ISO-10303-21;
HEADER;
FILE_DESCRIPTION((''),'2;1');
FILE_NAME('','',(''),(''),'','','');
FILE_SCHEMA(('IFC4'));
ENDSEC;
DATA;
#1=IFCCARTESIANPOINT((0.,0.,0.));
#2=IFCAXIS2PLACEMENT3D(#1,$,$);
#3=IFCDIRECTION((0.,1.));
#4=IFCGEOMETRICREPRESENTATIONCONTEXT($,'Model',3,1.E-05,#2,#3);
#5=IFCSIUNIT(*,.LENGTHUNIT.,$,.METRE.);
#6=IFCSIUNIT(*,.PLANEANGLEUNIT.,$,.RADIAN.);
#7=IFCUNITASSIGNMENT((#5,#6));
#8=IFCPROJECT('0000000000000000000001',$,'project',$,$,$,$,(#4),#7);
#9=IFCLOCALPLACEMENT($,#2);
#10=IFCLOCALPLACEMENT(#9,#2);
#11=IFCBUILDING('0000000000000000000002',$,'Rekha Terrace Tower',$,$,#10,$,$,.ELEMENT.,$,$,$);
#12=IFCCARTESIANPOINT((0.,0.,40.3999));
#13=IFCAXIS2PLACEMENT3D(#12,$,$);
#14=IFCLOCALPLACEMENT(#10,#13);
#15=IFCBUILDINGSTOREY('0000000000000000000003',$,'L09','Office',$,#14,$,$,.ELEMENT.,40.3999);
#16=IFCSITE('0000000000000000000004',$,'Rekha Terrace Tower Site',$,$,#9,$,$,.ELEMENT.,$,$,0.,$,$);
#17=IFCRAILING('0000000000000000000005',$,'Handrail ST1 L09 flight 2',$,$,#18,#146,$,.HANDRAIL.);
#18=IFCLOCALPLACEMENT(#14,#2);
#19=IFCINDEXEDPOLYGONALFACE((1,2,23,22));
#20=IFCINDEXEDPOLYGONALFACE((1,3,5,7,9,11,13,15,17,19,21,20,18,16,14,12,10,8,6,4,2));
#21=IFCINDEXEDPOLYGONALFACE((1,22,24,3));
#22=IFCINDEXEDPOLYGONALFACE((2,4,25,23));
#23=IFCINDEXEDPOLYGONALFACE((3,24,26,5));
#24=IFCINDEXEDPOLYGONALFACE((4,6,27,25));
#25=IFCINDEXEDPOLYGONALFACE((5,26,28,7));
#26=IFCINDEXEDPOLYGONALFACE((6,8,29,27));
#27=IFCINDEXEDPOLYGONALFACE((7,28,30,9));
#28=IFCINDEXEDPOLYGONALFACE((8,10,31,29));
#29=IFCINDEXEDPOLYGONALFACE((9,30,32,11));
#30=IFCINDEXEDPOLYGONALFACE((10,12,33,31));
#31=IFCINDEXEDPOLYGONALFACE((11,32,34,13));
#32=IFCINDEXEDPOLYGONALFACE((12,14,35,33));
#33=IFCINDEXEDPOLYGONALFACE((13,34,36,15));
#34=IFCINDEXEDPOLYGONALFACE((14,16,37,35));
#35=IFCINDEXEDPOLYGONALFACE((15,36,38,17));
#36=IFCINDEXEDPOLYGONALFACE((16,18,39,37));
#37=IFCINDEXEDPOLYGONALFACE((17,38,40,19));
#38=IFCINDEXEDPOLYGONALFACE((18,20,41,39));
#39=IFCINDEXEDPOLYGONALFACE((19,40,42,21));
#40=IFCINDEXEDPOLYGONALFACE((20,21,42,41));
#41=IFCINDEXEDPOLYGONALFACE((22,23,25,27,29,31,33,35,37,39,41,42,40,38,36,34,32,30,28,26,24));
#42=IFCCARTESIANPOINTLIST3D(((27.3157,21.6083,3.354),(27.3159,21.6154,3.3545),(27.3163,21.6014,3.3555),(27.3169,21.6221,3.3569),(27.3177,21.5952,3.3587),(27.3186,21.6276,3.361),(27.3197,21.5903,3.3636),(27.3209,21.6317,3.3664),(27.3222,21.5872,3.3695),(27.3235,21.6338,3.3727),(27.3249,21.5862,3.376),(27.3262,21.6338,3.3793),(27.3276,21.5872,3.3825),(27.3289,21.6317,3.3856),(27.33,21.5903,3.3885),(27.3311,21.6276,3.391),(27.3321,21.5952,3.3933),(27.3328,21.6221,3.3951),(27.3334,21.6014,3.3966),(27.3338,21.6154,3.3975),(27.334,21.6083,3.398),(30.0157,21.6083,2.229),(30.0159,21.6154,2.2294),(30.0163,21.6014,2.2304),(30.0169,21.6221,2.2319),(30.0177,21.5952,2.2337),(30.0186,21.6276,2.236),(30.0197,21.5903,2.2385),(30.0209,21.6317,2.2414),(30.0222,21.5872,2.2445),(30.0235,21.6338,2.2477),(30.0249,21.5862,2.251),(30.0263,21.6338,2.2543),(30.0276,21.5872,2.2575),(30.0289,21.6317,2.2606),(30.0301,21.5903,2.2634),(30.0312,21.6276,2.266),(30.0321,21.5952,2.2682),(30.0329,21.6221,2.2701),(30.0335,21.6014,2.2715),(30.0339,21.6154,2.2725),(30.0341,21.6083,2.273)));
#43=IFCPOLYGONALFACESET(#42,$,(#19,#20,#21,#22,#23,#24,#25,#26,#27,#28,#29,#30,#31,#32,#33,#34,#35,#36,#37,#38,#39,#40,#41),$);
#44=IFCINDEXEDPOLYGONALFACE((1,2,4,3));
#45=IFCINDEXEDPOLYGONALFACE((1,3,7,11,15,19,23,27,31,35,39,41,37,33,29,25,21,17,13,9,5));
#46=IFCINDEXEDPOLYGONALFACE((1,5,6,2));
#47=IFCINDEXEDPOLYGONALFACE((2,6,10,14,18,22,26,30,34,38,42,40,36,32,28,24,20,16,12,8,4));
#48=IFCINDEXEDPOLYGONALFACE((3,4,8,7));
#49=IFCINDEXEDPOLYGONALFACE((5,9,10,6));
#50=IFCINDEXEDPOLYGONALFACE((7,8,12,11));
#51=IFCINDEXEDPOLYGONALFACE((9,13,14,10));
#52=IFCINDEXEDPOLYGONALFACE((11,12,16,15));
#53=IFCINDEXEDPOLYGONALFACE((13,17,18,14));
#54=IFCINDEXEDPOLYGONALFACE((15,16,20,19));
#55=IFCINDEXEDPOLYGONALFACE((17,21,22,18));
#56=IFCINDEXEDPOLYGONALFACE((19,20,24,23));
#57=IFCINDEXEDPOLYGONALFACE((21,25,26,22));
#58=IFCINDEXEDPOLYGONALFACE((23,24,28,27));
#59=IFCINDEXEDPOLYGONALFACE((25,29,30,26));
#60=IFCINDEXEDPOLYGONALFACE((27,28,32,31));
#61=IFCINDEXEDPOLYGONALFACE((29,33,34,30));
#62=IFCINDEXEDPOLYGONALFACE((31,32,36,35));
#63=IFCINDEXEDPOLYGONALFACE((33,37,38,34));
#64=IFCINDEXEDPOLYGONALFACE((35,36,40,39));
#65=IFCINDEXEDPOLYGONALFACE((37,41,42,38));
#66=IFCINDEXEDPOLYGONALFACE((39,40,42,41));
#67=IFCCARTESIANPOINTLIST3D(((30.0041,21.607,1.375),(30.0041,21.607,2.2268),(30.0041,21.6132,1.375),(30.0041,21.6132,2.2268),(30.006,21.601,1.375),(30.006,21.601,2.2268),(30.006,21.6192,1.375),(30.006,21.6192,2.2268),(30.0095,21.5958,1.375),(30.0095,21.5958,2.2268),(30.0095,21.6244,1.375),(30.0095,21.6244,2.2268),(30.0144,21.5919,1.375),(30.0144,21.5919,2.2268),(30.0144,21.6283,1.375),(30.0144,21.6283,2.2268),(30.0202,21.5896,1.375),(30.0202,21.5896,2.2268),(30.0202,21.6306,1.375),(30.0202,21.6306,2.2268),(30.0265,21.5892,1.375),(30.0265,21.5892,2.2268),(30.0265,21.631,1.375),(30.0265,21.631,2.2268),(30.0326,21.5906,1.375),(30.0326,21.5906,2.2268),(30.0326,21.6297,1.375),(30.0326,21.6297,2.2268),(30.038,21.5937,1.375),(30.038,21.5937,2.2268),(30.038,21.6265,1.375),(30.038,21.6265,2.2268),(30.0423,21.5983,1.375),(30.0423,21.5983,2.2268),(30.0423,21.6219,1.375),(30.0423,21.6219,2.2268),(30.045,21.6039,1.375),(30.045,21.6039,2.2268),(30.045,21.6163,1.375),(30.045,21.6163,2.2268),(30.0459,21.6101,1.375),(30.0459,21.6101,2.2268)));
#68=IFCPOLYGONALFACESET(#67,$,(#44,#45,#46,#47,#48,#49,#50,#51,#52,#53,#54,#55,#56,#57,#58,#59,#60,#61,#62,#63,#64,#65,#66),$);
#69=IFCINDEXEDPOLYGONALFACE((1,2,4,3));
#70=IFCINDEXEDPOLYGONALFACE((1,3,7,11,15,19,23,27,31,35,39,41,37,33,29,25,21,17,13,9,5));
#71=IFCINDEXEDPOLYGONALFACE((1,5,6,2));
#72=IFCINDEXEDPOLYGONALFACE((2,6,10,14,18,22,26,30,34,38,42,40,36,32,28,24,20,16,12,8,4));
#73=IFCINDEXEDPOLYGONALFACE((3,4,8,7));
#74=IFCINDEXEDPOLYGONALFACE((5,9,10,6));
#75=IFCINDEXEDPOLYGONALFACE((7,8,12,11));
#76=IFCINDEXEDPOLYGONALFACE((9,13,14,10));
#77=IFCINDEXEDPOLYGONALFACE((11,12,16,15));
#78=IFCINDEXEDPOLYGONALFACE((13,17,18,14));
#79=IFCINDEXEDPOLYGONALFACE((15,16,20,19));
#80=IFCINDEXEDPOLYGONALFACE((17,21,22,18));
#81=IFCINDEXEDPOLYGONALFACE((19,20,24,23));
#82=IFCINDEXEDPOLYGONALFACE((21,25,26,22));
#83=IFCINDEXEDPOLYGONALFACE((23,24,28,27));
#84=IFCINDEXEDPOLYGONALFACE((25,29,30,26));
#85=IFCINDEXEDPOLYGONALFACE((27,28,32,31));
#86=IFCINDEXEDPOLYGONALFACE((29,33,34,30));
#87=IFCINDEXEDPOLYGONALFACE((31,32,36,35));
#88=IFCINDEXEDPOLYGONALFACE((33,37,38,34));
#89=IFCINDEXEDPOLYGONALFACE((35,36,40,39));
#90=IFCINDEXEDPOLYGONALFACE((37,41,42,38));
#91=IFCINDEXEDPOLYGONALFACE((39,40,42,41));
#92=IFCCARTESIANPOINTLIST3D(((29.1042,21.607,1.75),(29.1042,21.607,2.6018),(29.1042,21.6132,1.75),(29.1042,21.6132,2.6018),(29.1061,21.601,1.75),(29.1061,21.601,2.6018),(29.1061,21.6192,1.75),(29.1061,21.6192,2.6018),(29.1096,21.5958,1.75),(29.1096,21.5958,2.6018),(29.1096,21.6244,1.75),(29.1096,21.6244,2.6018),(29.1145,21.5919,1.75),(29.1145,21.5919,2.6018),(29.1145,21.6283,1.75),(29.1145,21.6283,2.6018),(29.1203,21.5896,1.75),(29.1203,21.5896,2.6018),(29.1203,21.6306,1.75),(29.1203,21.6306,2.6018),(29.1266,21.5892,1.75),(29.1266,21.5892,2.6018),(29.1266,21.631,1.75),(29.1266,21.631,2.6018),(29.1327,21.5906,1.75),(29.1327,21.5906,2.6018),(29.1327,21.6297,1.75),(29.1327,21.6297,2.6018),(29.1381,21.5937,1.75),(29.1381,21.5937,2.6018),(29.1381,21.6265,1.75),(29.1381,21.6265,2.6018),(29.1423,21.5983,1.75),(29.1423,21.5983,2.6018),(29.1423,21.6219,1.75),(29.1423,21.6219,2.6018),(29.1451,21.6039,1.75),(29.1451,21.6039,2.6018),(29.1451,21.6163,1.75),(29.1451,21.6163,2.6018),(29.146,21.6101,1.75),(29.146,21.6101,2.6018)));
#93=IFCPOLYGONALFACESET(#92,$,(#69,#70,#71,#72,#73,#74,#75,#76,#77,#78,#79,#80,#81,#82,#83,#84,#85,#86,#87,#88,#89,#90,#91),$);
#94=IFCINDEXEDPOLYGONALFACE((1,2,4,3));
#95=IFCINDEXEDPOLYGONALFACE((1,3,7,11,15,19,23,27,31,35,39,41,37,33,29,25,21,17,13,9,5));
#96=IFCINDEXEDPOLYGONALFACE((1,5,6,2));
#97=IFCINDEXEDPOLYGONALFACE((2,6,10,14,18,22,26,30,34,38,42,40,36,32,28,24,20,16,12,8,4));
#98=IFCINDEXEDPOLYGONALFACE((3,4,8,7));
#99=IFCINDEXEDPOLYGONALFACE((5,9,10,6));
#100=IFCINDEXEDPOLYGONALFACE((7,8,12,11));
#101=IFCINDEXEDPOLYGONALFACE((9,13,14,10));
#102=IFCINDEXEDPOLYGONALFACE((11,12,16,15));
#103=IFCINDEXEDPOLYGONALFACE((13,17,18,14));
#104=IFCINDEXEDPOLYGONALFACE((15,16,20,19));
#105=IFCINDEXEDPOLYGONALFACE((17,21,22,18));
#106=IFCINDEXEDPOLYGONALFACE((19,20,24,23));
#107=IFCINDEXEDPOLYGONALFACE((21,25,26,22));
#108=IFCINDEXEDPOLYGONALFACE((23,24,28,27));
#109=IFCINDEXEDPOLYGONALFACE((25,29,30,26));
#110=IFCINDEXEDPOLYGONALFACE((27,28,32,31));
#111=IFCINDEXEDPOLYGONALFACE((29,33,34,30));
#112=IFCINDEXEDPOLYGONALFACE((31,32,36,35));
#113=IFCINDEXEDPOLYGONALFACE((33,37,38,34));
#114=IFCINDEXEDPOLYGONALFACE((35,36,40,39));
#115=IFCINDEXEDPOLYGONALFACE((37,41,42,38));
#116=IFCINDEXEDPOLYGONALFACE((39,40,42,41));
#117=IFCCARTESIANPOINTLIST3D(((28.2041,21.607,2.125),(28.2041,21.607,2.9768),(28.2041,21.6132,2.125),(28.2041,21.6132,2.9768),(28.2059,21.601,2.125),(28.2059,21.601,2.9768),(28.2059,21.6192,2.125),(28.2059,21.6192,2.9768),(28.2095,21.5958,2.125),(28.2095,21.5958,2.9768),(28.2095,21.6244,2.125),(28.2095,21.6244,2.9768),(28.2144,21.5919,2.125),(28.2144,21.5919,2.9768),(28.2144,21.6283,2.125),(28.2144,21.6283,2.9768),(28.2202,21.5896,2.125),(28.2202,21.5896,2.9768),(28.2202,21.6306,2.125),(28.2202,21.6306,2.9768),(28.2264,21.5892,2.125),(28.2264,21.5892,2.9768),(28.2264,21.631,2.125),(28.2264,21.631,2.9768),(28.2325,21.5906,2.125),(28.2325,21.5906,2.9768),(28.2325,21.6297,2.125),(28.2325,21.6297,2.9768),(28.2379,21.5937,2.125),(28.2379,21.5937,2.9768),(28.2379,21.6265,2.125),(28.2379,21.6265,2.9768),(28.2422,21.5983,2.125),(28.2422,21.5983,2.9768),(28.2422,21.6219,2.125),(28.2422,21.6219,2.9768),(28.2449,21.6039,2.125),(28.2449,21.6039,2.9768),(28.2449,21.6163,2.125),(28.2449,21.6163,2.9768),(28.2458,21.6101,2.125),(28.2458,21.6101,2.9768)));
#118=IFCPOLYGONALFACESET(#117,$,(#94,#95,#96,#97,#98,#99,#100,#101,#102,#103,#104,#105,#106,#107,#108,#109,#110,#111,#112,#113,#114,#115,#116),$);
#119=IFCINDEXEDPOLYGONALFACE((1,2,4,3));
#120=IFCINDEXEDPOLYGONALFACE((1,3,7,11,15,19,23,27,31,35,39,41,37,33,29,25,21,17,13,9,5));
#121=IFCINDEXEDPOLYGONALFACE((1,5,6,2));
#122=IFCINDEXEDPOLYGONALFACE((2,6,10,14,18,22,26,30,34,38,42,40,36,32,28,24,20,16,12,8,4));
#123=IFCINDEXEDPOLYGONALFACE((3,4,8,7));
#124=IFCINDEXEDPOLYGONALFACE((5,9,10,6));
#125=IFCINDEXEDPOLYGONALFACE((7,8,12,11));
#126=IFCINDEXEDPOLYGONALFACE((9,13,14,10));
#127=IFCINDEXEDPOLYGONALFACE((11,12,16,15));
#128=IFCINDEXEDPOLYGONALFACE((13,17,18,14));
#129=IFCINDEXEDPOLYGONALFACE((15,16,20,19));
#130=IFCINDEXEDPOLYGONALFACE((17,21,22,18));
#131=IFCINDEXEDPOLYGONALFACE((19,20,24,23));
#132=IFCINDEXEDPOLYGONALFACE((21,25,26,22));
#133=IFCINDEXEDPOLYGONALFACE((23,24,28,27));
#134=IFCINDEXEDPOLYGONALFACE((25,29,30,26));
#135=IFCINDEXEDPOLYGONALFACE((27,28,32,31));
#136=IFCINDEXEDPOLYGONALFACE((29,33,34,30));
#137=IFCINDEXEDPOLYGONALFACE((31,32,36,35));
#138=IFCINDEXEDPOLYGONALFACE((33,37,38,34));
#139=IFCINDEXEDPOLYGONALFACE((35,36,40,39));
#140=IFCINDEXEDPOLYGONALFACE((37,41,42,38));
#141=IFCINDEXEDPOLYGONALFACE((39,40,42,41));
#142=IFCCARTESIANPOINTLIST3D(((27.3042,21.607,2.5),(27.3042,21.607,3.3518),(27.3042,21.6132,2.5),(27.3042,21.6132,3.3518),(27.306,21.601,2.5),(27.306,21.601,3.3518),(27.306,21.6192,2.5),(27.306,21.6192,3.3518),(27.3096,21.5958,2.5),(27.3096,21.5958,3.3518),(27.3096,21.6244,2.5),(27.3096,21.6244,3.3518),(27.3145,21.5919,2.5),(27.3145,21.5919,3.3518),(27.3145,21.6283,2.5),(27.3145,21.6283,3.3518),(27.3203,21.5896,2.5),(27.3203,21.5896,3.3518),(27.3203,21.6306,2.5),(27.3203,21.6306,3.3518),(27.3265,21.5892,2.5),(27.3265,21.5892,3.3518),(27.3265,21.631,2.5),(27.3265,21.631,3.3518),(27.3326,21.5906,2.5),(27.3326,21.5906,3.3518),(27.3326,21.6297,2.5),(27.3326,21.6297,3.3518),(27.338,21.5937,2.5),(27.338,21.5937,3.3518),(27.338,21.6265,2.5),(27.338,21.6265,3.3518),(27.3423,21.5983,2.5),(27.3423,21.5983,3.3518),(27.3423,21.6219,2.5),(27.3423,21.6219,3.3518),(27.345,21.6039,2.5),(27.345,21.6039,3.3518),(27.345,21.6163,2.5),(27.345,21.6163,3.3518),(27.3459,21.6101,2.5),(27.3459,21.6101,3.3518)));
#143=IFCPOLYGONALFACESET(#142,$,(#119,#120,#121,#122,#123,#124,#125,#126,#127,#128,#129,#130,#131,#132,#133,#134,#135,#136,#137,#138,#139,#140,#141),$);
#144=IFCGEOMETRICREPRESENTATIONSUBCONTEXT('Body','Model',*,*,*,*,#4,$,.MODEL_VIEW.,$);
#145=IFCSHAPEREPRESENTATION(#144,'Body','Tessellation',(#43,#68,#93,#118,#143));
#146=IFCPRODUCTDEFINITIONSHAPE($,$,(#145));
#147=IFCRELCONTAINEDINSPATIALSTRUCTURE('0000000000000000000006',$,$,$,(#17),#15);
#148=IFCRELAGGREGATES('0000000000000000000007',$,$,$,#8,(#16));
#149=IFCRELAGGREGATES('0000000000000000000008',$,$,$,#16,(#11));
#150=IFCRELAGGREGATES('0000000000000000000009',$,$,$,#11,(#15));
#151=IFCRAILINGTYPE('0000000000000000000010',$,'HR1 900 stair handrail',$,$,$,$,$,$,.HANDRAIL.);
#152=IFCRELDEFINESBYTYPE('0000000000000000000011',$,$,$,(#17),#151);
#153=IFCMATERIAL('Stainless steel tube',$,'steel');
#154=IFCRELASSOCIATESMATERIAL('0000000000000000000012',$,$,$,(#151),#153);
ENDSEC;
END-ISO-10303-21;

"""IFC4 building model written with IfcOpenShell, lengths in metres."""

from ifc_helpers import new_model, si_unit, direction, frame, origin, origin_2d, place, context, subcontext, project, spatial, circle, extrude, material, type_object, element, save


model = new_model("IFC4")

# Units and contexts
model_context = context("Model", 3, precision=1e-05, world=origin(), true_north=direction((0.0, 1.0)))
body_context = subcontext(model_context, "Body", "Model", "MODEL_VIEW")
ifc_project = project(units=[si_unit("LENGTHUNIT", "METRE"), si_unit("PLANEANGLEUNIT", "RADIAN")], contexts=[model_context])

# Site, building, storey
site_placement = place(None, origin())
site = spatial("IfcSite", under=ifc_project, at=site_placement, Name="Rekha Terrace Tower Site", CompositionType="ELEMENT", RefElevation=0.0)
building_placement = place(site_placement, origin())
building = spatial("IfcBuilding", under=site, at=building_placement, Name="Rekha Terrace Tower", CompositionType="ELEMENT")
storey_placement = place(building_placement, frame((0.0, 0.0, 40.3999)))
storey = spatial("IfcBuildingStorey", under=building, at=storey_placement, Name="L09", Description="Office", CompositionType="ELEMENT", Elevation=40.3999)

# Railing
ifc_material_1 = material(Name="Stainless steel tube", Category="steel")
railing_type_1 = type_object("IfcRailingType", Name="HR1 900 stair handrail", PredefinedType="HANDRAIL", material=ifc_material_1)
railing_1_placement = place(storey_placement, frame((30.0249, 21.6101, 1.375)))
element("IfcRailing", 1, at=railing_1_placement, inside=storey, type_object=railing_type_1, Name="Handrail ST1 L09 flight 2", PredefinedType="HANDRAIL", context=body_context, shape_type="SweptSolid", body=[
    extrude(circle(Radius=0.0239, at=origin_2d()), frame((0.0, 0.0, 0.876), z_axis=(-0.923074, 0.0, 0.384621), x_axis=(0.0, -1.0, 0.0)), (0.0, 0.0, 1.0), 2.925),
    extrude(circle(Radius=0.021, at=origin_2d()), origin(), (0.0, 0.0, 1.0), 0.8518),
    extrude(circle(Radius=0.021, at=origin_2d()), frame((-0.8999, 0.0, 0.375)), (0.0, 0.0, 1.0), 0.8518),
    extrude(circle(Radius=0.021, at=origin_2d()), frame((-1.8, 0.0, 0.75)), (0.0, 0.0, 1.0), 0.8518),
    extrude(circle(Radius=0.021, at=origin_2d()), frame((-2.7, 0.0, 1.125)), (0.0, 0.0, 1.0), 0.8518),
])

save(model, "model.ifc")
